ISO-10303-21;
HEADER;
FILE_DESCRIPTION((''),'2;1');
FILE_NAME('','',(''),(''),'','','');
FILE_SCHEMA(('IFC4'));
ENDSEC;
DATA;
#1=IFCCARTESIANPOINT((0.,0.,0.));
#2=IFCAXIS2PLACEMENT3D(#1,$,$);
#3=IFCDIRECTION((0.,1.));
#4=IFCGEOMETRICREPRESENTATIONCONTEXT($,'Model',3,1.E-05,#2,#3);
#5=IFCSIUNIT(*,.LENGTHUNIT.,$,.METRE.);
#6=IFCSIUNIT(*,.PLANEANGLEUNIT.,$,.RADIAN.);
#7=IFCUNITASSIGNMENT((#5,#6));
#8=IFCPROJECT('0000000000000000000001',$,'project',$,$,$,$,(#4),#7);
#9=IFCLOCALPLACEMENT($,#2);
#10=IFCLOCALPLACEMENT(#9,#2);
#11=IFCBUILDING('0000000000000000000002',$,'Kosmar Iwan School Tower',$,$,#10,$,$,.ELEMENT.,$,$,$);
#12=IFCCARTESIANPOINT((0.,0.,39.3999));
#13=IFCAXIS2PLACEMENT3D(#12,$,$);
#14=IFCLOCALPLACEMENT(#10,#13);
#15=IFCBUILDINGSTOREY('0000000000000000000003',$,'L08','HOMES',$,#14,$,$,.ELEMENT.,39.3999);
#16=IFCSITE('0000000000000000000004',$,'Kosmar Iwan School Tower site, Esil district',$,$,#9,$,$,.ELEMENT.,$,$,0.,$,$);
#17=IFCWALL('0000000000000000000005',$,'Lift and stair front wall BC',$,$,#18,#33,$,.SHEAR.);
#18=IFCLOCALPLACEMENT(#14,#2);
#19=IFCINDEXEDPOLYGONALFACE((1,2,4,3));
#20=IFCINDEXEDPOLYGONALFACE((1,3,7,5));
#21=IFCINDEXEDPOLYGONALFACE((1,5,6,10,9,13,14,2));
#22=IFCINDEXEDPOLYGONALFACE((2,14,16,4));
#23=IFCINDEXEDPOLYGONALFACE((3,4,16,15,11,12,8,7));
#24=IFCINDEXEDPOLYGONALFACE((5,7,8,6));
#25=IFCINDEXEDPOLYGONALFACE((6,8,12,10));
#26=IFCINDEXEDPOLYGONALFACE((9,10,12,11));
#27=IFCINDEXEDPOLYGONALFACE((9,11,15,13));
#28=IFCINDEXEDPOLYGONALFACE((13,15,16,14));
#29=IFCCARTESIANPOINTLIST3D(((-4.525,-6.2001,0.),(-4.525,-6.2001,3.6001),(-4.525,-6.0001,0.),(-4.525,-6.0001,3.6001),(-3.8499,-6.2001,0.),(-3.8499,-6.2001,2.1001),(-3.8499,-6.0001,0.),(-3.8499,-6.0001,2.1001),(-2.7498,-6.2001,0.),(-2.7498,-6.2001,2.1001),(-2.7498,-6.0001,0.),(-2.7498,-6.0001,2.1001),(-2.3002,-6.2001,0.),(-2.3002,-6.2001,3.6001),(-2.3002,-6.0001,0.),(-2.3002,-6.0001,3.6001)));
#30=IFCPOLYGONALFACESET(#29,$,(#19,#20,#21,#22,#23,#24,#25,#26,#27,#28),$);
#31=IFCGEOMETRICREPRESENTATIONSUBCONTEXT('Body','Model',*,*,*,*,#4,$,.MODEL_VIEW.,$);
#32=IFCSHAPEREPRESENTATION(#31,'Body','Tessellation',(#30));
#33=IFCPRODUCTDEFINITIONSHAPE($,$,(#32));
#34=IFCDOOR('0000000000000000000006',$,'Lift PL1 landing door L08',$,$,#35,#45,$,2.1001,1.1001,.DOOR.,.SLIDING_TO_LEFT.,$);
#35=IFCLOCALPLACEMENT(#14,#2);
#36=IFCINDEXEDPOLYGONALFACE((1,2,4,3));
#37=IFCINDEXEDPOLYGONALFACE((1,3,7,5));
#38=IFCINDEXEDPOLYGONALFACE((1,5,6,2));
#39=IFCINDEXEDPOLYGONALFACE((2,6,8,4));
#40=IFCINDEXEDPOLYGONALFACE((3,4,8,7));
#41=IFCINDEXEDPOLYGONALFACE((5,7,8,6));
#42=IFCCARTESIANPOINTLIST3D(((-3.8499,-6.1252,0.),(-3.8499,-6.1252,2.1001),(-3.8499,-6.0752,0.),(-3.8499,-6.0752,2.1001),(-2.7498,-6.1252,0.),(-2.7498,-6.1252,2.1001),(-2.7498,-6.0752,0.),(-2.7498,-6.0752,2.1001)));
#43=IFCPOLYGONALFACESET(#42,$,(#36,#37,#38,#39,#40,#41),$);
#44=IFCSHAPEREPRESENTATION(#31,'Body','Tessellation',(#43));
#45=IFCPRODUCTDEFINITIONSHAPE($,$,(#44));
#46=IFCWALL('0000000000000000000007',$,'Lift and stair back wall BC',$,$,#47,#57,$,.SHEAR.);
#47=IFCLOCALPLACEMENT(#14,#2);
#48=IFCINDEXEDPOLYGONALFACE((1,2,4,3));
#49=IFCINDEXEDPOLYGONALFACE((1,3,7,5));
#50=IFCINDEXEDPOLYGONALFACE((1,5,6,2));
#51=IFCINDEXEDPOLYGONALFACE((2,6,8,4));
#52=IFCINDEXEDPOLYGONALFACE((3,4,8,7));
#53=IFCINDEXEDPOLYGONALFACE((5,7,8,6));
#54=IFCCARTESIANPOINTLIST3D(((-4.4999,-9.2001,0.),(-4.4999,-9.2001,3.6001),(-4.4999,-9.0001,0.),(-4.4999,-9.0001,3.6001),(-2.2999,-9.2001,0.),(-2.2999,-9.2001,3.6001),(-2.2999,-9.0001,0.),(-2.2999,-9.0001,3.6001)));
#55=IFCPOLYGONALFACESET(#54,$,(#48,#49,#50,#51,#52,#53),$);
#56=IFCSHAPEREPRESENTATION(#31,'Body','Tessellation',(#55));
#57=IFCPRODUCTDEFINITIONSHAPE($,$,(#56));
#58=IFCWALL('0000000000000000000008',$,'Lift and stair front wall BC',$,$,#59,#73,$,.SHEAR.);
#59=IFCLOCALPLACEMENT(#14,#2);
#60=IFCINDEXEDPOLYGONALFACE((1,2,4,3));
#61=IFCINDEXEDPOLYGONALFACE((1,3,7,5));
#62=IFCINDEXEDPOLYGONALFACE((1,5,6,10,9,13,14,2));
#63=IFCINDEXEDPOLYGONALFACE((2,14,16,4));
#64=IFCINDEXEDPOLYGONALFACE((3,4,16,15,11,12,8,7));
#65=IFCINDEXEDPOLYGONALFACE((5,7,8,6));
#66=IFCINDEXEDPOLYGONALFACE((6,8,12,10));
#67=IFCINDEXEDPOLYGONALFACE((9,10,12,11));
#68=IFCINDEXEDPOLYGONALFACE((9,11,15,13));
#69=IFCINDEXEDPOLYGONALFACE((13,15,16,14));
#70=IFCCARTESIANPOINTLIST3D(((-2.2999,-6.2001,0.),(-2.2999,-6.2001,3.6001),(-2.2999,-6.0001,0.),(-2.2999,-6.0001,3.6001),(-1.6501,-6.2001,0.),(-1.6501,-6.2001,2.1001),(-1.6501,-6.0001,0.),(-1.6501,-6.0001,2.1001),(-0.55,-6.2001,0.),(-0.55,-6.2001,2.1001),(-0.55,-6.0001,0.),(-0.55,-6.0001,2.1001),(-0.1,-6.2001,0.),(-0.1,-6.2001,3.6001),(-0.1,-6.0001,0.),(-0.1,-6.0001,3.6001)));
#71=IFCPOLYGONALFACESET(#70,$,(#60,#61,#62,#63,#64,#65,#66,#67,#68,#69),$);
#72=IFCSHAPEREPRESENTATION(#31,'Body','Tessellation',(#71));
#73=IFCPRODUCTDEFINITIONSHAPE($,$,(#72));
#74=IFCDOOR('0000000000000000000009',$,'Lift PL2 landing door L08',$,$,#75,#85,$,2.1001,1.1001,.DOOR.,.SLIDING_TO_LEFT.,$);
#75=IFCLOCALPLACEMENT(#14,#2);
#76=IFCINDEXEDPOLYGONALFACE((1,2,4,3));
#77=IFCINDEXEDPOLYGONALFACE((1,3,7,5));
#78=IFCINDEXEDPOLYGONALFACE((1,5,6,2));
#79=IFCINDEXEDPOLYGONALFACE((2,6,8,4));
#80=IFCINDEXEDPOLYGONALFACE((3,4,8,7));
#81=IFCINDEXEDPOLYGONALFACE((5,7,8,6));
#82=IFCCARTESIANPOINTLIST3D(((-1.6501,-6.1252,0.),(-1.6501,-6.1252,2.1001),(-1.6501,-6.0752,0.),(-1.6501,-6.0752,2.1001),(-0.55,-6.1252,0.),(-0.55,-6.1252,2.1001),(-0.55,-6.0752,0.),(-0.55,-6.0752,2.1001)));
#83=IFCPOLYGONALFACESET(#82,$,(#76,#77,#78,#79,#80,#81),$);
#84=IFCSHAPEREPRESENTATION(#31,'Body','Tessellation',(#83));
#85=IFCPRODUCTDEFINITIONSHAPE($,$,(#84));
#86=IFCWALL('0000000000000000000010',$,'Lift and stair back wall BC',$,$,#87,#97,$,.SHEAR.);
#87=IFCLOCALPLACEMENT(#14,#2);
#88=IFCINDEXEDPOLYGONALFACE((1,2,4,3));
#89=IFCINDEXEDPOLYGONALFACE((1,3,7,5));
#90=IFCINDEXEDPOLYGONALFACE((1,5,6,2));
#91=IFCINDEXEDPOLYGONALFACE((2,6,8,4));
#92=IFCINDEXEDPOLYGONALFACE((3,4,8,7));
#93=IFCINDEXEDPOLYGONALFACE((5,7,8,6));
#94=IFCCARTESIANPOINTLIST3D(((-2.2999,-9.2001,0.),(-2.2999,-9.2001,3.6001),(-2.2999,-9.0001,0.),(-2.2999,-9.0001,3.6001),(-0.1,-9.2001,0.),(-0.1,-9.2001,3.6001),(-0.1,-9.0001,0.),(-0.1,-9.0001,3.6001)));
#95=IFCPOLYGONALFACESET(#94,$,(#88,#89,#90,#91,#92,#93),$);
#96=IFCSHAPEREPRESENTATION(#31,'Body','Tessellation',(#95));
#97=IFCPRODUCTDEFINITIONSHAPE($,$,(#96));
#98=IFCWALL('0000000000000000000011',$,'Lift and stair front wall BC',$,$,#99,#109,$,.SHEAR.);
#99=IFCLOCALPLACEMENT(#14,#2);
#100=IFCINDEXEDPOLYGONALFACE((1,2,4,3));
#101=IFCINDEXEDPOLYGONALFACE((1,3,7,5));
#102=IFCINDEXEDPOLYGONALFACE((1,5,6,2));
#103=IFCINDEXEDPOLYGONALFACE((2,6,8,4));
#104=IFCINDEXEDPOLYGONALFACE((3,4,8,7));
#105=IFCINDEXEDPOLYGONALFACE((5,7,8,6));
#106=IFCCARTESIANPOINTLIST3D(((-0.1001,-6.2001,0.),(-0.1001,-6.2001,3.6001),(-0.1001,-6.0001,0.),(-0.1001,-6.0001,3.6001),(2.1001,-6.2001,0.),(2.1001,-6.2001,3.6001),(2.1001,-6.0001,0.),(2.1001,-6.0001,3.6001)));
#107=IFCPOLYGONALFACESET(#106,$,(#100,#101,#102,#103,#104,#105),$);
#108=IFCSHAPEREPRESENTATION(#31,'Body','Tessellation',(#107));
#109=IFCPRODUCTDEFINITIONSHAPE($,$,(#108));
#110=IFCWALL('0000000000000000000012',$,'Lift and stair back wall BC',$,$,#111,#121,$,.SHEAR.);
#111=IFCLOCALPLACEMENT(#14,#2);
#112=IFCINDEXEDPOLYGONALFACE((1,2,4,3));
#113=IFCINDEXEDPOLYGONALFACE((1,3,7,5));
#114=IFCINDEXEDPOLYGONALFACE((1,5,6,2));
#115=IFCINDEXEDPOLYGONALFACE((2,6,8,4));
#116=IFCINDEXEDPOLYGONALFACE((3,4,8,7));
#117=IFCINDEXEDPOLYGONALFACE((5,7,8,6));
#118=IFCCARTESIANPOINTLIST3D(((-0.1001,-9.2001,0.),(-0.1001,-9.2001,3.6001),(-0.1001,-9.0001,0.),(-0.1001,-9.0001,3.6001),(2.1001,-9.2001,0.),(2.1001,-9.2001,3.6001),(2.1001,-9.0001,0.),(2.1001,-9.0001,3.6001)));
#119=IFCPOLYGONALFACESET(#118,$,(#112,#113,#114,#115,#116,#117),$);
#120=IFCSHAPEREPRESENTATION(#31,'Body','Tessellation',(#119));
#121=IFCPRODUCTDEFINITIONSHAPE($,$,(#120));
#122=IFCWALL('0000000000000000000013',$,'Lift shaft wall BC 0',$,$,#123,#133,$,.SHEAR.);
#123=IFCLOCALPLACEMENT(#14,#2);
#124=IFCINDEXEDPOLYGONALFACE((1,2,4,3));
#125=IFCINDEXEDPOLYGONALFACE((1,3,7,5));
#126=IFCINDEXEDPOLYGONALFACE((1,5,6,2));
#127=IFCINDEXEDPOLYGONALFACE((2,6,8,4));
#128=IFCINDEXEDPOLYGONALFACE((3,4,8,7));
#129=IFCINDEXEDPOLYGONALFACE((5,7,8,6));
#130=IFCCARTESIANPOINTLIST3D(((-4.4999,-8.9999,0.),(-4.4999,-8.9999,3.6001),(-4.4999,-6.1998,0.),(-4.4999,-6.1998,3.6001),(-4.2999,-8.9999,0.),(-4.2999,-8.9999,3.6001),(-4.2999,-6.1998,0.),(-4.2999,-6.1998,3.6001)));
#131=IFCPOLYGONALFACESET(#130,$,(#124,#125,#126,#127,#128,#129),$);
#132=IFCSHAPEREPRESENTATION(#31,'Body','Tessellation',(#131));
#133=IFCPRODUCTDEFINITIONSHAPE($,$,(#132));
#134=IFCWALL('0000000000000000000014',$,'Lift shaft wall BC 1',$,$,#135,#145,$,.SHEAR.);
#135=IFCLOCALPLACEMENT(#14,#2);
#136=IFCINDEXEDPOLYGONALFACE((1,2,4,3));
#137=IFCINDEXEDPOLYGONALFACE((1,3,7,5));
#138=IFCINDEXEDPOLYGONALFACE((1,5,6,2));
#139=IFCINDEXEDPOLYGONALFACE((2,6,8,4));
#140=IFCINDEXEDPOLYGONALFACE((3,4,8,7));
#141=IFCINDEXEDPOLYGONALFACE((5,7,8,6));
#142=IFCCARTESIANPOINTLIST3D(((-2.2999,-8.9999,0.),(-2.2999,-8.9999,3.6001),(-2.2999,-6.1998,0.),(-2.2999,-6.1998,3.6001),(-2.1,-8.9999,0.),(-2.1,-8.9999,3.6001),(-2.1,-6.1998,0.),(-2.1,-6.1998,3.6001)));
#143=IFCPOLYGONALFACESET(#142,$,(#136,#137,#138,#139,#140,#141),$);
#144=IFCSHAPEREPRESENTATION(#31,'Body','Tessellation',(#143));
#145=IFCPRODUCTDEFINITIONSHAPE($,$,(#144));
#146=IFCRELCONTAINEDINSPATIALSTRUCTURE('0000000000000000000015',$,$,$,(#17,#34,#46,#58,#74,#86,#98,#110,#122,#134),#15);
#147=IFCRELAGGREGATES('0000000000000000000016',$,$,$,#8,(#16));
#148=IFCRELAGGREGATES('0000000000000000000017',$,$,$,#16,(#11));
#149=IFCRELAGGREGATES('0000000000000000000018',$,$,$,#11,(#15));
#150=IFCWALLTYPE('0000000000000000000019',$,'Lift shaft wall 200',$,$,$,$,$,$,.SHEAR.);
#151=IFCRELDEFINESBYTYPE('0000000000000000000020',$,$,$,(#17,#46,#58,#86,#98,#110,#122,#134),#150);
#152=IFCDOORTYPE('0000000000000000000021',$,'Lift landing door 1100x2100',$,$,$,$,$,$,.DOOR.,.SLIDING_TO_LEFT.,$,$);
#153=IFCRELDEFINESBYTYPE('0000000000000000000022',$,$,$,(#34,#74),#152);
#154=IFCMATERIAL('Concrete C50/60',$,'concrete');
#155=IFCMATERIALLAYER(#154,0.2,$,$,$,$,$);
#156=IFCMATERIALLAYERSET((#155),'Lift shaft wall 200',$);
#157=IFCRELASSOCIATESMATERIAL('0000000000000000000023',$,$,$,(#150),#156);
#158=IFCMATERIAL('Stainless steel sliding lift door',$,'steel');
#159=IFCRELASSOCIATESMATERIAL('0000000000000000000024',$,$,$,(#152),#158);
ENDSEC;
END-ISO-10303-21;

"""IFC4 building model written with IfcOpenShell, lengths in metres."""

from ifc_helpers import new_model, si_unit, direction, frame, frame_2d, origin, place, context, subcontext, project, spatial, rectangle, extrude, material, layer, layer_set, type_object, element, fill, save


model = new_model("IFC4")

# Units and contexts
model_context = context("Model", 3, precision=1e-05, world=origin(), true_north=direction((0.0, 1.0)))
body_context = subcontext(model_context, "Body", "Model", "MODEL_VIEW")
ifc_project = project(units=[si_unit("LENGTHUNIT", "METRE"), si_unit("PLANEANGLEUNIT", "RADIAN")], contexts=[model_context])

# Site, building, storey
site_placement = place(None, origin())
site = spatial("IfcSite", under=ifc_project, at=site_placement, Name="Kosmar Iwan School Tower site, Esil district", CompositionType="ELEMENT", RefElevation=0.0)
building_placement = place(site_placement, origin())
building = spatial("IfcBuilding", under=site, at=building_placement, Name="Kosmar Iwan School Tower", CompositionType="ELEMENT")
storey_placement = place(building_placement, frame((0.0, 0.0, 39.3999)))
storey = spatial("IfcBuildingStorey", under=building, at=storey_placement, Name="L08", Description="HOMES", CompositionType="ELEMENT", Elevation=39.3999)

# Wall, opening, door
ifc_material_1 = material(Name="Concrete C50/60", Category="concrete")
ifc_layer_1 = layer(ifc_material_1, 0.2)
ifc_layer_set_1 = layer_set([ifc_layer_1], Name="Lift shaft wall 200")
wall_type_1 = type_object("IfcWallType", Name="Lift shaft wall 200", PredefinedType="SHEAR", material=ifc_layer_set_1)
wall_1_placement = place(storey_placement, frame((-4.5249, -6.1001, 0.0), z_axis=(0.0, 0.0, 1.0), x_axis=(1.0, 0.0, 0.0)))
wall_1 = element("IfcWall", 1, at=wall_1_placement, inside=storey, type_object=wall_type_1, Name="Lift and stair front wall BC", PredefinedType="SHEAR", context=body_context, shape_type="SweptSolid", body=[
    extrude(rectangle(XDim=2.2249, YDim=0.2, at=frame_2d((1.1123, 0.0))), origin(), (0.0, 0.0, 1.0), 3.6001),
])
opening_1_placement = place(wall_1_placement, frame((0.675, 0.0, 0.0)))
opening_1 = element("IfcOpeningElement", 2, at=opening_1_placement, cuts=wall_1, PredefinedType="OPENING", context=body_context, shape_type="SweptSolid", body=[
    extrude(rectangle(XDim=1.1001, YDim=2.1001, at=frame_2d((0.55, 1.05))), frame((0.0, 0.1121, 0.0), z_axis=(0.0, -1.0, 0.0), x_axis=(1.0, 0.0, 0.0)), (0.0, 0.0, 1.0), 0.2239),
])
ifc_material_2 = material(Name="Stainless steel sliding lift door", Category="steel")
door_type_1 = type_object("IfcDoorType", Name="Lift landing door 1100x2100", OperationType="SLIDING_TO_LEFT", PredefinedType="DOOR", material=ifc_material_2)
door_1_placement = place(opening_1_placement, origin())
door_1 = element("IfcDoor", 3, at=door_1_placement, inside=storey, type_object=door_type_1, Name="Lift PL1 landing door L08", OperationType="SLIDING_TO_LEFT", OverallHeight=2.1001, OverallWidth=1.1001, PredefinedType="DOOR", context=body_context, shape_type="SweptSolid", body=[
    extrude(rectangle(XDim=1.1001, YDim=2.1001, at=frame_2d((0.55, 1.05))), frame((0.0, 0.0249, 0.0), z_axis=(0.0, -1.0, 0.0), x_axis=(1.0, 0.0, 0.0)), (0.0, 0.0, 1.0), 0.05),
])
fill(opening_1, door_1)

# Wall
wall_2_placement = place(storey_placement, frame((-4.5, -9.1001, 0.0), z_axis=(0.0, 0.0, 1.0), x_axis=(1.0, 0.0, 0.0)))
element("IfcWall", 4, at=wall_2_placement, inside=storey, type_object=wall_type_1, Name="Lift and stair back wall BC", PredefinedType="SHEAR", context=body_context, shape_type="SweptSolid", body=[
    extrude(rectangle(XDim=2.2, YDim=0.2, at=frame_2d((1.1001, 0.0))), origin(), (0.0, 0.0, 1.0), 3.6001),
])

# Wall, opening, door
wall_3_placement = place(storey_placement, frame((-2.3, -6.1001, 0.0), z_axis=(0.0, 0.0, 1.0), x_axis=(1.0, 0.0, 0.0)))
wall_3 = element("IfcWall", 5, at=wall_3_placement, inside=storey, type_object=wall_type_1, Name="Lift and stair front wall BC", PredefinedType="SHEAR", context=body_context, shape_type="SweptSolid", body=[
    extrude(rectangle(XDim=2.2, YDim=0.2, at=frame_2d((1.1001, 0.0))), origin(), (0.0, 0.0, 1.0), 3.6001),
])
opening_2_placement = place(wall_3_placement, frame((0.6499, 0.0, 0.0)))
opening_2 = element("IfcOpeningElement", 6, at=opening_2_placement, cuts=wall_3, PredefinedType="OPENING", context=body_context, shape_type="SweptSolid", body=[
    extrude(rectangle(XDim=1.1001, YDim=2.1001, at=frame_2d((0.55, 1.05))), frame((0.0, 0.1121, 0.0), z_axis=(0.0, -1.0, 0.0), x_axis=(1.0, 0.0, 0.0)), (0.0, 0.0, 1.0), 0.2239),
])
door_2_placement = place(opening_2_placement, origin())
door_2 = element("IfcDoor", 7, at=door_2_placement, inside=storey, type_object=door_type_1, Name="Lift PL2 landing door L08", OperationType="SLIDING_TO_LEFT", OverallHeight=2.1001, OverallWidth=1.1001, PredefinedType="DOOR", context=body_context, shape_type="SweptSolid", body=[
    extrude(rectangle(XDim=1.1001, YDim=2.1001, at=frame_2d((0.55, 1.05))), frame((0.0, 0.0249, 0.0), z_axis=(0.0, -1.0, 0.0), x_axis=(1.0, 0.0, 0.0)), (0.0, 0.0, 1.0), 0.05),
])
fill(opening_2, door_2)

# Walls
wall_4_placement = place(storey_placement, frame((-2.3, -9.1001, 0.0), z_axis=(0.0, 0.0, 1.0), x_axis=(1.0, 0.0, 0.0)))
element("IfcWall", 8, at=wall_4_placement, inside=storey, type_object=wall_type_1, Name="Lift and stair back wall BC", PredefinedType="SHEAR", context=body_context, shape_type="SweptSolid", body=[
    extrude(rectangle(XDim=2.2, YDim=0.2, at=frame_2d((1.1001, 0.0))), origin(), (0.0, 0.0, 1.0), 3.6001),
])
for number, where, z_axis, x_axis, name in (
    (9, (-0.1001, -6.1001, 0.0), (0.0, 0.0, 1.0), (1.0, 0.0, 0.0), "Lift and stair front wall BC"),
    (10, (-0.1001, -9.1001, 0.0), (0.0, 0.0, 1.0), (1.0, 0.0, 0.0), "Lift and stair back wall BC"),
):
    element("IfcWall", number, at=place(storey_placement, frame(where, z_axis=z_axis, x_axis=x_axis)), inside=storey, type_object=wall_type_1, Name=name, PredefinedType="SHEAR", context=body_context, shape_type="SweptSolid", body=[
        extrude(rectangle(XDim=2.2002, YDim=0.2, at=frame_2d((1.1001, 0.0))), origin(), (0.0, 0.0, 1.0), 3.6001),
    ])
for number, where, z_axis, x_axis, name in (
    (11, (-4.3999, -6.2, 0.0), (0.0, 0.0, 1.0), (0.0, -1.0, 0.0), "Lift shaft wall BC 0"),
    (12, (-2.2, -6.2, 0.0), (0.0, 0.0, 1.0), (0.0, -1.0, 0.0), "Lift shaft wall BC 1"),
):
    element("IfcWall", number, at=place(storey_placement, frame(where, z_axis=z_axis, x_axis=x_axis)), inside=storey, type_object=wall_type_1, Name=name, PredefinedType="SHEAR", context=body_context, shape_type="SweptSolid", body=[
        extrude(rectangle(XDim=2.8, YDim=0.2, at=frame_2d((1.3999, 0.0))), origin(), (0.0, 0.0, 1.0), 3.6001),
    ])

save(model, "model.ifc")
